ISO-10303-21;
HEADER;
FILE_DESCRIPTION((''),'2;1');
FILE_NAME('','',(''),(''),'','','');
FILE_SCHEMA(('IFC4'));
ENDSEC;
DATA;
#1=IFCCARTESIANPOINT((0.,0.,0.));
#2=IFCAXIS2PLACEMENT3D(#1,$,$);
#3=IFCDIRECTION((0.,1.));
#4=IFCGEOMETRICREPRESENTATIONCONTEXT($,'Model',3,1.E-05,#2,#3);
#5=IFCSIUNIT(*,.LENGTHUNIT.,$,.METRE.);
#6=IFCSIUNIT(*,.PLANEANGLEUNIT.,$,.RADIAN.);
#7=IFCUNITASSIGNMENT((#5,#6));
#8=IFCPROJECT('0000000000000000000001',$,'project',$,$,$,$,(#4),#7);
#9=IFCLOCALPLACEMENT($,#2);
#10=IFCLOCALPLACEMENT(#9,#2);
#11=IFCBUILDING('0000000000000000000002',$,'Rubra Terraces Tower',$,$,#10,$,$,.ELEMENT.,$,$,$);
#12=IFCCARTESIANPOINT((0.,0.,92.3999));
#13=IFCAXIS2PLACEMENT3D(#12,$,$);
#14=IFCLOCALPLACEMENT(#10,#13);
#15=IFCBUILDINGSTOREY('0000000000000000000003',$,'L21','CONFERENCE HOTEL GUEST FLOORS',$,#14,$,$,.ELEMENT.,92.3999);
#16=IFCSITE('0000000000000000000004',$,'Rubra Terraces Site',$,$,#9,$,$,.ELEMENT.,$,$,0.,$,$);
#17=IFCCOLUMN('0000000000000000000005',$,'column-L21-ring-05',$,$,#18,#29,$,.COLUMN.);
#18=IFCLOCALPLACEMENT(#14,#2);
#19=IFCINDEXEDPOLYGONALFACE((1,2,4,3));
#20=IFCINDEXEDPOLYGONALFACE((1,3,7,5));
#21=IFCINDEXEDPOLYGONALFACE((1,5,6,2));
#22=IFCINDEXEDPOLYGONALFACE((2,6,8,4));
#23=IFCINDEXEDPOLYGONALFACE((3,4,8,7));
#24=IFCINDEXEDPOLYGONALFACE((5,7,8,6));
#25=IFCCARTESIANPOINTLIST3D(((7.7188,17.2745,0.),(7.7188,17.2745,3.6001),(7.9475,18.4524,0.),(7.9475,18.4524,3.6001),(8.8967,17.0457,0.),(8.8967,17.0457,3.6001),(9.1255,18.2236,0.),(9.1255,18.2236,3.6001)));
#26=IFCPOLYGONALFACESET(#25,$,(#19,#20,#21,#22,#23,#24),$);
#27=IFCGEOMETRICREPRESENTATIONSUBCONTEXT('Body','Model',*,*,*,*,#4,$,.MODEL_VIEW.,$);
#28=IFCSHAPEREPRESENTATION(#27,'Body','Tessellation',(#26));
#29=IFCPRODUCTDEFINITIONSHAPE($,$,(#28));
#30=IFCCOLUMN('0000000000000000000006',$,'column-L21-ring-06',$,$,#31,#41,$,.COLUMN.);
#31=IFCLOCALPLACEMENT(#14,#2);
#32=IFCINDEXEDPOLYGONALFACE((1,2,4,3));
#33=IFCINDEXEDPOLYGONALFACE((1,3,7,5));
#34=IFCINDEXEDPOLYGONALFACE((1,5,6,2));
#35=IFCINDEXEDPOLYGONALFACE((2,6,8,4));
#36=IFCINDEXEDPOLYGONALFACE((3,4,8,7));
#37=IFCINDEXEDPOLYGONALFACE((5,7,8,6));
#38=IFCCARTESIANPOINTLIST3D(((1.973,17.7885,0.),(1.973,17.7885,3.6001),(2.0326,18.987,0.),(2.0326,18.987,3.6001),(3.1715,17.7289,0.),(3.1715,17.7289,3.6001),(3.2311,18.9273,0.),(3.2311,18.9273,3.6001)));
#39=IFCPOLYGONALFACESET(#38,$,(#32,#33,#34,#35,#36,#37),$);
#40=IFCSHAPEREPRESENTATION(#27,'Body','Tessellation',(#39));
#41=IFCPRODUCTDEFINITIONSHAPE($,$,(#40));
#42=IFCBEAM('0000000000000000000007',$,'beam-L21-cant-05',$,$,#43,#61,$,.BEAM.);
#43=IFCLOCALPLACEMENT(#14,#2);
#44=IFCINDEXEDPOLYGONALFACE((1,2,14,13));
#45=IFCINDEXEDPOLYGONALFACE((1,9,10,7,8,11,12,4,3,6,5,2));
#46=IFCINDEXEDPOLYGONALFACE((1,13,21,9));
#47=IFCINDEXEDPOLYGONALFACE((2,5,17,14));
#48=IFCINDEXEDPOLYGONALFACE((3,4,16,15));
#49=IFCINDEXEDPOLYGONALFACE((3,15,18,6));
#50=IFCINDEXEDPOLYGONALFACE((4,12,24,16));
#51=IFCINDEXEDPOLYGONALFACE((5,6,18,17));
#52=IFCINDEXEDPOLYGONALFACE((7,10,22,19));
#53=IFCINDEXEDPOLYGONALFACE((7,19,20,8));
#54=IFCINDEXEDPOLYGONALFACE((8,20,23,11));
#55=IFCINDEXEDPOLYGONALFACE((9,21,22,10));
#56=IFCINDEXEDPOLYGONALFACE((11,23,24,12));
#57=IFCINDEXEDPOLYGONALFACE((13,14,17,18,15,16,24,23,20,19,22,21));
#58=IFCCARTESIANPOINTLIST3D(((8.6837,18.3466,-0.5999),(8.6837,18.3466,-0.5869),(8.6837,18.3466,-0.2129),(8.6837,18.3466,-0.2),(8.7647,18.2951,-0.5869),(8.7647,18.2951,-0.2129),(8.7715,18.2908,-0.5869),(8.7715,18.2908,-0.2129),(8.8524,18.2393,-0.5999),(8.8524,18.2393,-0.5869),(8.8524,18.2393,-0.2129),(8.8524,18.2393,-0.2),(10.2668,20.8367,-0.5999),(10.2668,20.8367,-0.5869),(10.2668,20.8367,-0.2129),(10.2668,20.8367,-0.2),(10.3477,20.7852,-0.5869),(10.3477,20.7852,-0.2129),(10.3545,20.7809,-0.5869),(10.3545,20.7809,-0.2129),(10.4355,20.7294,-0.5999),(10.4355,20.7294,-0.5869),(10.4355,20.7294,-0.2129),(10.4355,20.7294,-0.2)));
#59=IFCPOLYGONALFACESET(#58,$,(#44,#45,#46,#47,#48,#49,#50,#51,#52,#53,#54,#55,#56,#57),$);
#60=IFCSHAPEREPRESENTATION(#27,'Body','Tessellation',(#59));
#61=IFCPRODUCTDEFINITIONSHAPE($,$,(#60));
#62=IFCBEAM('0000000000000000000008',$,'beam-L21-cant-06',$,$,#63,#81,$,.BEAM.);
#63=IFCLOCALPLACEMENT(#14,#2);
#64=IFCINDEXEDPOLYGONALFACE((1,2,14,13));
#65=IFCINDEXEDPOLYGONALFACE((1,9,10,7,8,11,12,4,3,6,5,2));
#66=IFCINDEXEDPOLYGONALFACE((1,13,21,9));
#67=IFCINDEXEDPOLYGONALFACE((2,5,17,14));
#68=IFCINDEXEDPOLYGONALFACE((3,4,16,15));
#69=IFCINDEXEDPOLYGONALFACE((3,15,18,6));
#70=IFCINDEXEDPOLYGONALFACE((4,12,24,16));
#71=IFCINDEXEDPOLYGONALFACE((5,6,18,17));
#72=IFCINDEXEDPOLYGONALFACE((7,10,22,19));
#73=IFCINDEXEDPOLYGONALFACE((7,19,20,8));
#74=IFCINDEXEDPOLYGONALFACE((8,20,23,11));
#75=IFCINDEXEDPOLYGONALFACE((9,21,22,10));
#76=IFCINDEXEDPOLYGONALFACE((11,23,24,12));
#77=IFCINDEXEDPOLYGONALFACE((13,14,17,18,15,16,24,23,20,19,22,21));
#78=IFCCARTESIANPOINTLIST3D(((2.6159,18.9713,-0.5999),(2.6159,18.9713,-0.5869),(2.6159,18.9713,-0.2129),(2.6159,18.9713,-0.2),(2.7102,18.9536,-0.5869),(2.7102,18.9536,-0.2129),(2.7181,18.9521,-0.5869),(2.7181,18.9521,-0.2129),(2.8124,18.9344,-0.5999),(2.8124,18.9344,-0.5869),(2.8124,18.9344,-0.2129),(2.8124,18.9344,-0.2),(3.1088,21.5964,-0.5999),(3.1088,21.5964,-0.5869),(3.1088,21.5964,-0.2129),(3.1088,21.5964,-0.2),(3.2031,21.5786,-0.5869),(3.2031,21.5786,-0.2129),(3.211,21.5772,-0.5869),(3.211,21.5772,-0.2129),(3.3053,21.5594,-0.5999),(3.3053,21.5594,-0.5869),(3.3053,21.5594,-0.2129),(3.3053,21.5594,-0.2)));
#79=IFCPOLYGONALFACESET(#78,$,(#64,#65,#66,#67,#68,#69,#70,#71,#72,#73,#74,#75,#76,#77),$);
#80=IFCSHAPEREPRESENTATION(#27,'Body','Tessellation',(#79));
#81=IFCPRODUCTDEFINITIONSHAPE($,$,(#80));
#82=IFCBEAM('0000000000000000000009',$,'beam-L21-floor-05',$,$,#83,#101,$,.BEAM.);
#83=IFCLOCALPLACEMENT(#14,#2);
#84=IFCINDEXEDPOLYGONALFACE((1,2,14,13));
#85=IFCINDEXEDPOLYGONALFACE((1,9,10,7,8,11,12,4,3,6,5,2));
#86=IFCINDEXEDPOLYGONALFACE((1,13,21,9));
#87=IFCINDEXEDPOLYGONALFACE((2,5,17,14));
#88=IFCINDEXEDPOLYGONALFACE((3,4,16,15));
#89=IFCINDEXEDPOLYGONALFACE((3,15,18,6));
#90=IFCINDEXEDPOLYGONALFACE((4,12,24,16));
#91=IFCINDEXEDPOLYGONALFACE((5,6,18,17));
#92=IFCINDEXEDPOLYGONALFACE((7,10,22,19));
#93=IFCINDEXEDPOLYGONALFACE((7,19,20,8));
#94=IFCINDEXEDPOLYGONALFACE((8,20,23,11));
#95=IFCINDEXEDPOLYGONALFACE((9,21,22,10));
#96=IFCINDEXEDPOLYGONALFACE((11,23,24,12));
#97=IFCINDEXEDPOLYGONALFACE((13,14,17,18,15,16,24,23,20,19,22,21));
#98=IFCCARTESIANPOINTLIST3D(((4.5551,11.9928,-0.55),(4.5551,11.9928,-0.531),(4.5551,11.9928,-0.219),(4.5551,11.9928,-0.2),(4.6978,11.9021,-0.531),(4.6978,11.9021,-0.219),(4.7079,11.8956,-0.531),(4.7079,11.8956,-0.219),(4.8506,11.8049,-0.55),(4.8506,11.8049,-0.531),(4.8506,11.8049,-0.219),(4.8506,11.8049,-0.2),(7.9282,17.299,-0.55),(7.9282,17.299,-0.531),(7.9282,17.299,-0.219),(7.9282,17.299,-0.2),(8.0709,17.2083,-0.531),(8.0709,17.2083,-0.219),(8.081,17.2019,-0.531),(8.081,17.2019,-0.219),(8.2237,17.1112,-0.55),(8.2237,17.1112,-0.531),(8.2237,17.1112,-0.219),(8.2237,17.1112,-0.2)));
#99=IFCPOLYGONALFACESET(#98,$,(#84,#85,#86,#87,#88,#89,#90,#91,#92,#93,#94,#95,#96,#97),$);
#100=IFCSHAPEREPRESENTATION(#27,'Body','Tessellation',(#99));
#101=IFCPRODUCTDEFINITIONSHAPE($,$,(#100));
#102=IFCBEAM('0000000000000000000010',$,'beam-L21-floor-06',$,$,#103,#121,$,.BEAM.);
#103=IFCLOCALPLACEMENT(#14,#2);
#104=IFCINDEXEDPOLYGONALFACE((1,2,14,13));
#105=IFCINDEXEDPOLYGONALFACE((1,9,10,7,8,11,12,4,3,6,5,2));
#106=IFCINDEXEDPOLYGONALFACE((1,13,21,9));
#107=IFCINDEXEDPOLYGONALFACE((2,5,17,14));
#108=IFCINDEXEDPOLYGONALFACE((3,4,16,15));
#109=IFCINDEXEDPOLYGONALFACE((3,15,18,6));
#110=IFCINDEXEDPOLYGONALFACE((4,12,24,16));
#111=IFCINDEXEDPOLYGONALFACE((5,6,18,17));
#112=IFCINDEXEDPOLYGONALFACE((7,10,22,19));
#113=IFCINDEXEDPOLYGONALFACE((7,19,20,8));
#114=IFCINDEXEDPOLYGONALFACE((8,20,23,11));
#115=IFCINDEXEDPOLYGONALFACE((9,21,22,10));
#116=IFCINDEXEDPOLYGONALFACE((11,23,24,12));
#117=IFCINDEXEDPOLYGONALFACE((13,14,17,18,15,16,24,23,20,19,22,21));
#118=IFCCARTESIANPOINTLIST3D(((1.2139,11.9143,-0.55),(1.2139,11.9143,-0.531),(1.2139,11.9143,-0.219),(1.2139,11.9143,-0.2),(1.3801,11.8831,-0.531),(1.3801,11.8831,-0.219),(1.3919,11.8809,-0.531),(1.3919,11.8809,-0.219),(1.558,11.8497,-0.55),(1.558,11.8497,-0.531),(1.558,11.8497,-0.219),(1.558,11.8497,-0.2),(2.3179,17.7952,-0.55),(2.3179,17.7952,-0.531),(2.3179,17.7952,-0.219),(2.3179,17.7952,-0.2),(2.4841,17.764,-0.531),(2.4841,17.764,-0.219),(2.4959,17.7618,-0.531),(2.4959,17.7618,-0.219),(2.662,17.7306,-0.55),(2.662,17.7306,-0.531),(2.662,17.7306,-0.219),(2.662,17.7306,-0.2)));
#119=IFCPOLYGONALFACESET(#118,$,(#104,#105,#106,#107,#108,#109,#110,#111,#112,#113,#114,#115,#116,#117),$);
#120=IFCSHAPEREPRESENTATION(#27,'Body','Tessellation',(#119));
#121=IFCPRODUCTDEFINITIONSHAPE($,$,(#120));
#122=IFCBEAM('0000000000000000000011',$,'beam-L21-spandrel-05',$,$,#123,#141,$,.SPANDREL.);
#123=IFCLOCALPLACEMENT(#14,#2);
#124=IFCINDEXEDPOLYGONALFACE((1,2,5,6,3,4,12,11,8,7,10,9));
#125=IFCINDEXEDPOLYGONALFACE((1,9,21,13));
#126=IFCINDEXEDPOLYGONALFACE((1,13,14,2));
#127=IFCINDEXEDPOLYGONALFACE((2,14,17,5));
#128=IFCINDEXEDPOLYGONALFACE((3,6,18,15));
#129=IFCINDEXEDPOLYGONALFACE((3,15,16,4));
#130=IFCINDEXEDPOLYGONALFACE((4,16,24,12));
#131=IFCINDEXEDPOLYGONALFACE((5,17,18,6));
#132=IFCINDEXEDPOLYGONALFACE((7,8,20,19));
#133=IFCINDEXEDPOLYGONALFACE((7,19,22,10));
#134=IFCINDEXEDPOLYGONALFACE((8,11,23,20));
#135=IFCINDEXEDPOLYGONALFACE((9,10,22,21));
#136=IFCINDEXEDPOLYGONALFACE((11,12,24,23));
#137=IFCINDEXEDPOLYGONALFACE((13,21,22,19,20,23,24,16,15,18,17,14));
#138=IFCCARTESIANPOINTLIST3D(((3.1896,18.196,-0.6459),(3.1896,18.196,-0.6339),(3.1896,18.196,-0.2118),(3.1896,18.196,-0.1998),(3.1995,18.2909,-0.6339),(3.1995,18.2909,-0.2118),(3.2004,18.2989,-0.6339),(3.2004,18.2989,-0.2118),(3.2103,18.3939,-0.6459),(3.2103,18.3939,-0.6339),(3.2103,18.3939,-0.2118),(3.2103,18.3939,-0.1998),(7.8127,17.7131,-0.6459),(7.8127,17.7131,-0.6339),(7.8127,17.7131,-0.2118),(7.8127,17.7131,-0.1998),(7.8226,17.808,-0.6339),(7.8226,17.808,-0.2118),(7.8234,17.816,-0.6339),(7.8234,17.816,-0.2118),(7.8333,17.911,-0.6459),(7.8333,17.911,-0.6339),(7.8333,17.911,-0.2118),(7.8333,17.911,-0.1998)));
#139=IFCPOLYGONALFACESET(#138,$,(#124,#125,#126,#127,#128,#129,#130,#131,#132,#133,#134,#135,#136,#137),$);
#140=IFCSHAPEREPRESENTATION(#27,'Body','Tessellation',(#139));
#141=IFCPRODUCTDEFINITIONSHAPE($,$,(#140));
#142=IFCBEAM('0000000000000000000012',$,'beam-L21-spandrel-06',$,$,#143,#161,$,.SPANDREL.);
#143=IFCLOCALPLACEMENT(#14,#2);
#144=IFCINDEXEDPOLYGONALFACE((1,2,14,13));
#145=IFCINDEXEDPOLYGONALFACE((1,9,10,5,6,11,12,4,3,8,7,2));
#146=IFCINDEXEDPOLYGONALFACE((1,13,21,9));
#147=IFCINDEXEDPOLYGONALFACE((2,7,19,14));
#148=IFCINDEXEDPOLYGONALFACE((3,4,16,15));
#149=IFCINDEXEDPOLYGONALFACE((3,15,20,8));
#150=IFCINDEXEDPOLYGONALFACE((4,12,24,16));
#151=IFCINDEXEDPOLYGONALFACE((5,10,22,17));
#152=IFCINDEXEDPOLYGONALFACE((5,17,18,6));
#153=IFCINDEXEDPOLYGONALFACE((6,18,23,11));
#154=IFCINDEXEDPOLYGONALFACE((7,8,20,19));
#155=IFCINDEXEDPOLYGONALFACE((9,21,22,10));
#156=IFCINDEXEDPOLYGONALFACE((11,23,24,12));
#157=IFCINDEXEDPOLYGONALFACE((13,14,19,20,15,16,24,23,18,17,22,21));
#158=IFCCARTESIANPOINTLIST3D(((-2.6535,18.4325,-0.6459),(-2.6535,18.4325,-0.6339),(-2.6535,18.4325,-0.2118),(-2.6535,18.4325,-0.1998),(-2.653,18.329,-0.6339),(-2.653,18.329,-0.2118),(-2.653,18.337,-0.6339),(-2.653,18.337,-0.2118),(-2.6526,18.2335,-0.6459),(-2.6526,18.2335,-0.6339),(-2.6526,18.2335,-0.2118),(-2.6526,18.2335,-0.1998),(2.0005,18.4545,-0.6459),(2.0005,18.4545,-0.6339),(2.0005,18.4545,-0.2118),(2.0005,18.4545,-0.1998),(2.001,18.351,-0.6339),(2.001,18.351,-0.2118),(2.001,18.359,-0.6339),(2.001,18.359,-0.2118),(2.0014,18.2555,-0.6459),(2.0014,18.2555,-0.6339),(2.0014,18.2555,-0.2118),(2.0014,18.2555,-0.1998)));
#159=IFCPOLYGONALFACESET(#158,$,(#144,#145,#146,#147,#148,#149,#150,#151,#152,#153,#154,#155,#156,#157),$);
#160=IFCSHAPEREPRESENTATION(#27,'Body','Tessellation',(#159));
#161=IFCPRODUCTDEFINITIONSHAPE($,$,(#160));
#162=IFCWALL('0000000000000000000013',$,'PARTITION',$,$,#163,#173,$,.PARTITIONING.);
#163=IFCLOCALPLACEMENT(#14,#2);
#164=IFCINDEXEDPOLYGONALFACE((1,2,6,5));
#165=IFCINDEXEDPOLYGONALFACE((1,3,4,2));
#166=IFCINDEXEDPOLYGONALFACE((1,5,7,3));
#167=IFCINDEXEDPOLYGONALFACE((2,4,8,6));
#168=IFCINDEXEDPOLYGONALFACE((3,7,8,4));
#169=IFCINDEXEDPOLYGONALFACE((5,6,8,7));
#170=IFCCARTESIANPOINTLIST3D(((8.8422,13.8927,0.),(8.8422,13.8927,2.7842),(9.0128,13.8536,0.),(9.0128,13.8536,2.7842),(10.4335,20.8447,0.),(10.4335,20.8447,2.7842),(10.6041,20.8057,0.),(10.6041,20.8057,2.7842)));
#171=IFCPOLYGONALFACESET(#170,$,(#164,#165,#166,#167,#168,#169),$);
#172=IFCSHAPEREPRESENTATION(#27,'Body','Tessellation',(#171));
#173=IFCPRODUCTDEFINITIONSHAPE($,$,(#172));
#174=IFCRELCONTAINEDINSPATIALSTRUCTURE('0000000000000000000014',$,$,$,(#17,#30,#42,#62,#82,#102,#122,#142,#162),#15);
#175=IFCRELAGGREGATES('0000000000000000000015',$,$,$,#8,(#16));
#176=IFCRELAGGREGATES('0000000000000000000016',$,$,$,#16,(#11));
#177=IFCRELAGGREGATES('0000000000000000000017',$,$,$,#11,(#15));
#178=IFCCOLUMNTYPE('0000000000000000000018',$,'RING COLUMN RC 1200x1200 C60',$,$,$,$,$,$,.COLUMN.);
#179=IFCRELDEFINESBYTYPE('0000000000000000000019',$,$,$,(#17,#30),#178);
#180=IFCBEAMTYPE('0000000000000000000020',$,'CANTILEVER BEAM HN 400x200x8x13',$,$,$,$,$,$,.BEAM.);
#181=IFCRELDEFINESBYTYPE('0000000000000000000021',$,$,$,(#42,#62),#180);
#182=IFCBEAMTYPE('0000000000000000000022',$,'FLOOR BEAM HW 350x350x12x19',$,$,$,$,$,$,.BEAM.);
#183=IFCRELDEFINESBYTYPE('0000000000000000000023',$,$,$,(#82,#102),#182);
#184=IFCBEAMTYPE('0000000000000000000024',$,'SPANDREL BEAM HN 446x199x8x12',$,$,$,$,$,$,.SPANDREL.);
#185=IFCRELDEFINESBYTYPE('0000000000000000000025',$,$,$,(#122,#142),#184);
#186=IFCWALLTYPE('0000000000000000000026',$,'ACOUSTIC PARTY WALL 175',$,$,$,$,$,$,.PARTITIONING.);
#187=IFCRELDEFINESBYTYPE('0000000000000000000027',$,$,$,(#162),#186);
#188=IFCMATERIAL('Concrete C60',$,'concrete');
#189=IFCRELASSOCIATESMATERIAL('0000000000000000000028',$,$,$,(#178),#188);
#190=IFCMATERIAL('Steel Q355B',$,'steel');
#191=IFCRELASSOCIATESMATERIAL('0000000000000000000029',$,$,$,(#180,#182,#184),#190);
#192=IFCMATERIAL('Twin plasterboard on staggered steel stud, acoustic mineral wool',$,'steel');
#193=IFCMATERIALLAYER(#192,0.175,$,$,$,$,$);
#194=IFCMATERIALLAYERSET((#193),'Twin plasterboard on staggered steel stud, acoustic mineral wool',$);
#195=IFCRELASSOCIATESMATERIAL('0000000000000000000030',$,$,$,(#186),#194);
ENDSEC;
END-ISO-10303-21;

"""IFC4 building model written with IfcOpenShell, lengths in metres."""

from ifc_helpers import new_model, si_unit, direction, frame, frame_2d, origin, origin_2d, place, context, subcontext, project, spatial, rectangle, i_section, extrude, material, layer, layer_set, material_profile, profile_set, type_object, element, save


model = new_model("IFC4")

# Units and contexts
model_context = context("Model", 3, precision=1e-05, world=origin(), true_north=direction((0.0, 1.0)))
body_context = subcontext(model_context, "Body", "Model", "MODEL_VIEW")
ifc_project = project(units=[si_unit("LENGTHUNIT", "METRE"), si_unit("PLANEANGLEUNIT", "RADIAN")], contexts=[model_context])

# Site, building, storey
site_placement = place(None, origin())
site = spatial("IfcSite", under=ifc_project, at=site_placement, Name="Rubra Terraces Site", CompositionType="ELEMENT", RefElevation=0.0)
building_placement = place(site_placement, origin())
building = spatial("IfcBuilding", under=site, at=building_placement, Name="Rubra Terraces Tower", CompositionType="ELEMENT")
storey_placement = place(building_placement, frame((0.0, 0.0, 92.3999)))
storey = spatial("IfcBuildingStorey", under=building, at=storey_placement, Name="L21", Description="CONFERENCE HOTEL GUEST FLOORS", CompositionType="ELEMENT", Elevation=92.3999)

# Columns
ifc_material_1 = material(Name="Concrete C60", Category="concrete")
ifc_material_profile_1 = material_profile(ifc_material_1, rectangle(XDim=1.2, YDim=1.2, at=origin_2d()), Name="RC 1200x1200")
ifc_profile_set_1 = profile_set([ifc_material_profile_1], Name="Concrete C60")
column_type = type_object("IfcColumnType", Name="RING COLUMN RC 1200x1200 C60", PredefinedType="COLUMN", material=ifc_profile_set_1)
for number, where, z_axis, x_axis, name in (
    (1, (8.4221, 17.749, 0.0), (0.0, 0.0, 1.0), (-0.981655, 0.190668, 0.0), "column-L21-ring-05"),
    (2, (2.6021, 18.3579, 0.0), (0.0, 0.0, 1.0), (-0.998764, 0.049699, 0.0), "column-L21-ring-06"),
):
    element("IfcColumn", number, at=place(storey_placement, frame(where, z_axis=z_axis, x_axis=x_axis)), inside=storey, type_object=column_type, Name=name, PredefinedType="COLUMN", context=body_context, shape_type="SweptSolid", body=[
        extrude(rectangle(XDim=1.2, YDim=1.2, at=origin_2d()), origin(), (0.0, 0.0, 1.0), 3.6001),
    ])

# Beams
ifc_material_2 = material(Name="Steel Q355B", Category="steel")
ifc_material_profile_2 = material_profile(ifc_material_2, i_section(OverallWidth=0.2, OverallDepth=0.3999, WebThickness=0.0081, FlangeThickness=0.0129, at=origin_2d()), Name="HN 400x200x8x13")
ifc_profile_set_2 = profile_set([ifc_material_profile_2], Name="Steel Q355B")
beam_type_1 = type_object("IfcBeamType", Name="CANTILEVER BEAM HN 400x200x8x13", PredefinedType="BEAM", material=ifc_profile_set_2)
beam_1_placement = place(storey_placement, frame((8.7681, 18.293, -0.3999), z_axis=(0.536506, 0.843896, 0.0), x_axis=(-0.843896, 0.536506, 0.0)))
element("IfcBeam", 3, at=beam_1_placement, inside=storey, type_object=beam_type_1, Name="beam-L21-cant-05", PredefinedType="BEAM", context=body_context, shape_type="SweptSolid", body=[
    extrude(i_section(OverallWidth=0.2, OverallDepth=0.3999, WebThickness=0.0081, FlangeThickness=0.0129, at=origin_2d()), origin(), (0.0, 0.0, 1.0), 2.9507),
])
beam_2_placement = place(storey_placement, frame((2.7141, 18.9529, -0.3999), z_axis=(0.184553, 0.982822, 0.0), x_axis=(-0.982822, 0.184553, 0.0)))
element("IfcBeam", 4, at=beam_2_placement, inside=storey, type_object=beam_type_1, Name="beam-L21-cant-06", PredefinedType="BEAM", context=body_context, shape_type="SweptSolid", body=[
    extrude(i_section(OverallWidth=0.2, OverallDepth=0.3999, WebThickness=0.0081, FlangeThickness=0.0129, at=origin_2d()), origin(), (0.0, 0.0, 1.0), 2.6709),
])
ifc_material_profile_3 = material_profile(ifc_material_2, i_section(OverallWidth=0.3501, OverallDepth=0.3501, WebThickness=0.012, FlangeThickness=0.019, at=origin_2d()), Name="HW 350x350x12x19")
ifc_profile_set_3 = profile_set([ifc_material_profile_3], Name="Steel Q355B")
beam_type_2 = type_object("IfcBeamType", Name="FLOOR BEAM HW 350x350x12x19", PredefinedType="BEAM", material=ifc_profile_set_3)
beam_3_placement = place(storey_placement, frame((8.0759, 17.2051, -0.375), z_axis=(-0.536468, -0.84392, 0.0), x_axis=(0.84392, -0.536468, 0.0)))
element("IfcBeam", 5, at=beam_3_placement, inside=storey, type_object=beam_type_2, Name="beam-L21-floor-05", PredefinedType="BEAM", context=body_context, shape_type="SweptSolid", body=[
    extrude(i_section(OverallWidth=0.3501, OverallDepth=0.3501, WebThickness=0.012, FlangeThickness=0.019, at=origin_2d()), origin(), (0.0, 0.0, 1.0), 6.2876),
])
beam_4_placement = place(storey_placement, frame((2.49, 17.7629, -0.375), z_axis=(-0.184505, -0.982832, 0.0), x_axis=(0.982832, -0.184505, 0.0)))
element("IfcBeam", 6, at=beam_4_placement, inside=storey, type_object=beam_type_2, Name="beam-L21-floor-06", PredefinedType="BEAM", context=body_context, shape_type="SweptSolid", body=[
    extrude(i_section(OverallWidth=0.3501, OverallDepth=0.3501, WebThickness=0.012, FlangeThickness=0.019, at=origin_2d()), origin(), (0.0, 0.0, 1.0), 5.9836),
])
ifc_material_profile_4 = material_profile(ifc_material_2, i_section(OverallWidth=0.199, OverallDepth=0.446, WebThickness=0.0081, FlangeThickness=0.012, at=origin_2d()), Name="HN 446x199x8x12")
ifc_profile_set_4 = profile_set([ifc_material_profile_4], Name="Steel Q355B")
beam_type_3 = type_object("IfcBeamType", Name="SPANDREL BEAM HN 446x199x8x12", PredefinedType="SPANDREL", material=ifc_profile_set_4)
beam_5_placement = place(storey_placement, frame((7.823, 17.812, -0.4229), z_axis=(-0.994589, 0.103892, 0.0), x_axis=(-0.103892, -0.994589, 0.0)))
element("IfcBeam", 7, at=beam_5_placement, inside=storey, type_object=beam_type_3, Name="beam-L21-spandrel-05", PredefinedType="SPANDREL", context=body_context, shape_type="SweptSolid", body=[
    extrude(i_section(OverallWidth=0.199, OverallDepth=0.446, WebThickness=0.0081, FlangeThickness=0.012, at=origin_2d()), origin(), (0.0, 0.0, 1.0), 4.6482),
])
beam_6_placement = place(storey_placement, frame((2.001, 18.355, -0.4229), z_axis=(-0.999989, -0.004721, 0.0), x_axis=(0.004721, -0.999989, 0.0)))
element("IfcBeam", 8, at=beam_6_placement, inside=storey, type_object=beam_type_3, Name="beam-L21-spandrel-06", PredefinedType="SPANDREL", context=body_context, shape_type="SweptSolid", body=[
    extrude(i_section(OverallWidth=0.199, OverallDepth=0.446, WebThickness=0.0081, FlangeThickness=0.012, at=origin_2d()), origin(), (0.0, 0.0, 1.0), 4.6541),
])

# Wall
ifc_material_3 = material(Name="Twin plasterboard on staggered steel stud, acoustic mineral wool", Category="steel")
ifc_layer_1 = layer(ifc_material_3, 0.175)
ifc_layer_set_1 = layer_set([ifc_layer_1], Name="Twin plasterboard on staggered steel stud, acoustic mineral wool")
wall_type_1 = type_object("IfcWallType", Name="ACOUSTIC PARTY WALL 175", PredefinedType="PARTITIONING", material=ifc_layer_set_1)
wall_1_placement = place(storey_placement, frame((10.5188, 20.8252, 0.0), z_axis=(0.0, 0.0, 1.0), x_axis=(-0.223124, -0.97479, 0.0)))
element("IfcWall", 9, at=wall_1_placement, inside=storey, type_object=wall_type_1, Name="PARTITION", PredefinedType="PARTITIONING", context=body_context, shape_type="SweptSolid", body=[
    extrude(rectangle(XDim=7.1318, YDim=0.175, at=frame_2d((3.5659, 0.0))), origin(), (0.0, 0.0, 1.0), 2.7842),
])

save(model, "model.ifc")
